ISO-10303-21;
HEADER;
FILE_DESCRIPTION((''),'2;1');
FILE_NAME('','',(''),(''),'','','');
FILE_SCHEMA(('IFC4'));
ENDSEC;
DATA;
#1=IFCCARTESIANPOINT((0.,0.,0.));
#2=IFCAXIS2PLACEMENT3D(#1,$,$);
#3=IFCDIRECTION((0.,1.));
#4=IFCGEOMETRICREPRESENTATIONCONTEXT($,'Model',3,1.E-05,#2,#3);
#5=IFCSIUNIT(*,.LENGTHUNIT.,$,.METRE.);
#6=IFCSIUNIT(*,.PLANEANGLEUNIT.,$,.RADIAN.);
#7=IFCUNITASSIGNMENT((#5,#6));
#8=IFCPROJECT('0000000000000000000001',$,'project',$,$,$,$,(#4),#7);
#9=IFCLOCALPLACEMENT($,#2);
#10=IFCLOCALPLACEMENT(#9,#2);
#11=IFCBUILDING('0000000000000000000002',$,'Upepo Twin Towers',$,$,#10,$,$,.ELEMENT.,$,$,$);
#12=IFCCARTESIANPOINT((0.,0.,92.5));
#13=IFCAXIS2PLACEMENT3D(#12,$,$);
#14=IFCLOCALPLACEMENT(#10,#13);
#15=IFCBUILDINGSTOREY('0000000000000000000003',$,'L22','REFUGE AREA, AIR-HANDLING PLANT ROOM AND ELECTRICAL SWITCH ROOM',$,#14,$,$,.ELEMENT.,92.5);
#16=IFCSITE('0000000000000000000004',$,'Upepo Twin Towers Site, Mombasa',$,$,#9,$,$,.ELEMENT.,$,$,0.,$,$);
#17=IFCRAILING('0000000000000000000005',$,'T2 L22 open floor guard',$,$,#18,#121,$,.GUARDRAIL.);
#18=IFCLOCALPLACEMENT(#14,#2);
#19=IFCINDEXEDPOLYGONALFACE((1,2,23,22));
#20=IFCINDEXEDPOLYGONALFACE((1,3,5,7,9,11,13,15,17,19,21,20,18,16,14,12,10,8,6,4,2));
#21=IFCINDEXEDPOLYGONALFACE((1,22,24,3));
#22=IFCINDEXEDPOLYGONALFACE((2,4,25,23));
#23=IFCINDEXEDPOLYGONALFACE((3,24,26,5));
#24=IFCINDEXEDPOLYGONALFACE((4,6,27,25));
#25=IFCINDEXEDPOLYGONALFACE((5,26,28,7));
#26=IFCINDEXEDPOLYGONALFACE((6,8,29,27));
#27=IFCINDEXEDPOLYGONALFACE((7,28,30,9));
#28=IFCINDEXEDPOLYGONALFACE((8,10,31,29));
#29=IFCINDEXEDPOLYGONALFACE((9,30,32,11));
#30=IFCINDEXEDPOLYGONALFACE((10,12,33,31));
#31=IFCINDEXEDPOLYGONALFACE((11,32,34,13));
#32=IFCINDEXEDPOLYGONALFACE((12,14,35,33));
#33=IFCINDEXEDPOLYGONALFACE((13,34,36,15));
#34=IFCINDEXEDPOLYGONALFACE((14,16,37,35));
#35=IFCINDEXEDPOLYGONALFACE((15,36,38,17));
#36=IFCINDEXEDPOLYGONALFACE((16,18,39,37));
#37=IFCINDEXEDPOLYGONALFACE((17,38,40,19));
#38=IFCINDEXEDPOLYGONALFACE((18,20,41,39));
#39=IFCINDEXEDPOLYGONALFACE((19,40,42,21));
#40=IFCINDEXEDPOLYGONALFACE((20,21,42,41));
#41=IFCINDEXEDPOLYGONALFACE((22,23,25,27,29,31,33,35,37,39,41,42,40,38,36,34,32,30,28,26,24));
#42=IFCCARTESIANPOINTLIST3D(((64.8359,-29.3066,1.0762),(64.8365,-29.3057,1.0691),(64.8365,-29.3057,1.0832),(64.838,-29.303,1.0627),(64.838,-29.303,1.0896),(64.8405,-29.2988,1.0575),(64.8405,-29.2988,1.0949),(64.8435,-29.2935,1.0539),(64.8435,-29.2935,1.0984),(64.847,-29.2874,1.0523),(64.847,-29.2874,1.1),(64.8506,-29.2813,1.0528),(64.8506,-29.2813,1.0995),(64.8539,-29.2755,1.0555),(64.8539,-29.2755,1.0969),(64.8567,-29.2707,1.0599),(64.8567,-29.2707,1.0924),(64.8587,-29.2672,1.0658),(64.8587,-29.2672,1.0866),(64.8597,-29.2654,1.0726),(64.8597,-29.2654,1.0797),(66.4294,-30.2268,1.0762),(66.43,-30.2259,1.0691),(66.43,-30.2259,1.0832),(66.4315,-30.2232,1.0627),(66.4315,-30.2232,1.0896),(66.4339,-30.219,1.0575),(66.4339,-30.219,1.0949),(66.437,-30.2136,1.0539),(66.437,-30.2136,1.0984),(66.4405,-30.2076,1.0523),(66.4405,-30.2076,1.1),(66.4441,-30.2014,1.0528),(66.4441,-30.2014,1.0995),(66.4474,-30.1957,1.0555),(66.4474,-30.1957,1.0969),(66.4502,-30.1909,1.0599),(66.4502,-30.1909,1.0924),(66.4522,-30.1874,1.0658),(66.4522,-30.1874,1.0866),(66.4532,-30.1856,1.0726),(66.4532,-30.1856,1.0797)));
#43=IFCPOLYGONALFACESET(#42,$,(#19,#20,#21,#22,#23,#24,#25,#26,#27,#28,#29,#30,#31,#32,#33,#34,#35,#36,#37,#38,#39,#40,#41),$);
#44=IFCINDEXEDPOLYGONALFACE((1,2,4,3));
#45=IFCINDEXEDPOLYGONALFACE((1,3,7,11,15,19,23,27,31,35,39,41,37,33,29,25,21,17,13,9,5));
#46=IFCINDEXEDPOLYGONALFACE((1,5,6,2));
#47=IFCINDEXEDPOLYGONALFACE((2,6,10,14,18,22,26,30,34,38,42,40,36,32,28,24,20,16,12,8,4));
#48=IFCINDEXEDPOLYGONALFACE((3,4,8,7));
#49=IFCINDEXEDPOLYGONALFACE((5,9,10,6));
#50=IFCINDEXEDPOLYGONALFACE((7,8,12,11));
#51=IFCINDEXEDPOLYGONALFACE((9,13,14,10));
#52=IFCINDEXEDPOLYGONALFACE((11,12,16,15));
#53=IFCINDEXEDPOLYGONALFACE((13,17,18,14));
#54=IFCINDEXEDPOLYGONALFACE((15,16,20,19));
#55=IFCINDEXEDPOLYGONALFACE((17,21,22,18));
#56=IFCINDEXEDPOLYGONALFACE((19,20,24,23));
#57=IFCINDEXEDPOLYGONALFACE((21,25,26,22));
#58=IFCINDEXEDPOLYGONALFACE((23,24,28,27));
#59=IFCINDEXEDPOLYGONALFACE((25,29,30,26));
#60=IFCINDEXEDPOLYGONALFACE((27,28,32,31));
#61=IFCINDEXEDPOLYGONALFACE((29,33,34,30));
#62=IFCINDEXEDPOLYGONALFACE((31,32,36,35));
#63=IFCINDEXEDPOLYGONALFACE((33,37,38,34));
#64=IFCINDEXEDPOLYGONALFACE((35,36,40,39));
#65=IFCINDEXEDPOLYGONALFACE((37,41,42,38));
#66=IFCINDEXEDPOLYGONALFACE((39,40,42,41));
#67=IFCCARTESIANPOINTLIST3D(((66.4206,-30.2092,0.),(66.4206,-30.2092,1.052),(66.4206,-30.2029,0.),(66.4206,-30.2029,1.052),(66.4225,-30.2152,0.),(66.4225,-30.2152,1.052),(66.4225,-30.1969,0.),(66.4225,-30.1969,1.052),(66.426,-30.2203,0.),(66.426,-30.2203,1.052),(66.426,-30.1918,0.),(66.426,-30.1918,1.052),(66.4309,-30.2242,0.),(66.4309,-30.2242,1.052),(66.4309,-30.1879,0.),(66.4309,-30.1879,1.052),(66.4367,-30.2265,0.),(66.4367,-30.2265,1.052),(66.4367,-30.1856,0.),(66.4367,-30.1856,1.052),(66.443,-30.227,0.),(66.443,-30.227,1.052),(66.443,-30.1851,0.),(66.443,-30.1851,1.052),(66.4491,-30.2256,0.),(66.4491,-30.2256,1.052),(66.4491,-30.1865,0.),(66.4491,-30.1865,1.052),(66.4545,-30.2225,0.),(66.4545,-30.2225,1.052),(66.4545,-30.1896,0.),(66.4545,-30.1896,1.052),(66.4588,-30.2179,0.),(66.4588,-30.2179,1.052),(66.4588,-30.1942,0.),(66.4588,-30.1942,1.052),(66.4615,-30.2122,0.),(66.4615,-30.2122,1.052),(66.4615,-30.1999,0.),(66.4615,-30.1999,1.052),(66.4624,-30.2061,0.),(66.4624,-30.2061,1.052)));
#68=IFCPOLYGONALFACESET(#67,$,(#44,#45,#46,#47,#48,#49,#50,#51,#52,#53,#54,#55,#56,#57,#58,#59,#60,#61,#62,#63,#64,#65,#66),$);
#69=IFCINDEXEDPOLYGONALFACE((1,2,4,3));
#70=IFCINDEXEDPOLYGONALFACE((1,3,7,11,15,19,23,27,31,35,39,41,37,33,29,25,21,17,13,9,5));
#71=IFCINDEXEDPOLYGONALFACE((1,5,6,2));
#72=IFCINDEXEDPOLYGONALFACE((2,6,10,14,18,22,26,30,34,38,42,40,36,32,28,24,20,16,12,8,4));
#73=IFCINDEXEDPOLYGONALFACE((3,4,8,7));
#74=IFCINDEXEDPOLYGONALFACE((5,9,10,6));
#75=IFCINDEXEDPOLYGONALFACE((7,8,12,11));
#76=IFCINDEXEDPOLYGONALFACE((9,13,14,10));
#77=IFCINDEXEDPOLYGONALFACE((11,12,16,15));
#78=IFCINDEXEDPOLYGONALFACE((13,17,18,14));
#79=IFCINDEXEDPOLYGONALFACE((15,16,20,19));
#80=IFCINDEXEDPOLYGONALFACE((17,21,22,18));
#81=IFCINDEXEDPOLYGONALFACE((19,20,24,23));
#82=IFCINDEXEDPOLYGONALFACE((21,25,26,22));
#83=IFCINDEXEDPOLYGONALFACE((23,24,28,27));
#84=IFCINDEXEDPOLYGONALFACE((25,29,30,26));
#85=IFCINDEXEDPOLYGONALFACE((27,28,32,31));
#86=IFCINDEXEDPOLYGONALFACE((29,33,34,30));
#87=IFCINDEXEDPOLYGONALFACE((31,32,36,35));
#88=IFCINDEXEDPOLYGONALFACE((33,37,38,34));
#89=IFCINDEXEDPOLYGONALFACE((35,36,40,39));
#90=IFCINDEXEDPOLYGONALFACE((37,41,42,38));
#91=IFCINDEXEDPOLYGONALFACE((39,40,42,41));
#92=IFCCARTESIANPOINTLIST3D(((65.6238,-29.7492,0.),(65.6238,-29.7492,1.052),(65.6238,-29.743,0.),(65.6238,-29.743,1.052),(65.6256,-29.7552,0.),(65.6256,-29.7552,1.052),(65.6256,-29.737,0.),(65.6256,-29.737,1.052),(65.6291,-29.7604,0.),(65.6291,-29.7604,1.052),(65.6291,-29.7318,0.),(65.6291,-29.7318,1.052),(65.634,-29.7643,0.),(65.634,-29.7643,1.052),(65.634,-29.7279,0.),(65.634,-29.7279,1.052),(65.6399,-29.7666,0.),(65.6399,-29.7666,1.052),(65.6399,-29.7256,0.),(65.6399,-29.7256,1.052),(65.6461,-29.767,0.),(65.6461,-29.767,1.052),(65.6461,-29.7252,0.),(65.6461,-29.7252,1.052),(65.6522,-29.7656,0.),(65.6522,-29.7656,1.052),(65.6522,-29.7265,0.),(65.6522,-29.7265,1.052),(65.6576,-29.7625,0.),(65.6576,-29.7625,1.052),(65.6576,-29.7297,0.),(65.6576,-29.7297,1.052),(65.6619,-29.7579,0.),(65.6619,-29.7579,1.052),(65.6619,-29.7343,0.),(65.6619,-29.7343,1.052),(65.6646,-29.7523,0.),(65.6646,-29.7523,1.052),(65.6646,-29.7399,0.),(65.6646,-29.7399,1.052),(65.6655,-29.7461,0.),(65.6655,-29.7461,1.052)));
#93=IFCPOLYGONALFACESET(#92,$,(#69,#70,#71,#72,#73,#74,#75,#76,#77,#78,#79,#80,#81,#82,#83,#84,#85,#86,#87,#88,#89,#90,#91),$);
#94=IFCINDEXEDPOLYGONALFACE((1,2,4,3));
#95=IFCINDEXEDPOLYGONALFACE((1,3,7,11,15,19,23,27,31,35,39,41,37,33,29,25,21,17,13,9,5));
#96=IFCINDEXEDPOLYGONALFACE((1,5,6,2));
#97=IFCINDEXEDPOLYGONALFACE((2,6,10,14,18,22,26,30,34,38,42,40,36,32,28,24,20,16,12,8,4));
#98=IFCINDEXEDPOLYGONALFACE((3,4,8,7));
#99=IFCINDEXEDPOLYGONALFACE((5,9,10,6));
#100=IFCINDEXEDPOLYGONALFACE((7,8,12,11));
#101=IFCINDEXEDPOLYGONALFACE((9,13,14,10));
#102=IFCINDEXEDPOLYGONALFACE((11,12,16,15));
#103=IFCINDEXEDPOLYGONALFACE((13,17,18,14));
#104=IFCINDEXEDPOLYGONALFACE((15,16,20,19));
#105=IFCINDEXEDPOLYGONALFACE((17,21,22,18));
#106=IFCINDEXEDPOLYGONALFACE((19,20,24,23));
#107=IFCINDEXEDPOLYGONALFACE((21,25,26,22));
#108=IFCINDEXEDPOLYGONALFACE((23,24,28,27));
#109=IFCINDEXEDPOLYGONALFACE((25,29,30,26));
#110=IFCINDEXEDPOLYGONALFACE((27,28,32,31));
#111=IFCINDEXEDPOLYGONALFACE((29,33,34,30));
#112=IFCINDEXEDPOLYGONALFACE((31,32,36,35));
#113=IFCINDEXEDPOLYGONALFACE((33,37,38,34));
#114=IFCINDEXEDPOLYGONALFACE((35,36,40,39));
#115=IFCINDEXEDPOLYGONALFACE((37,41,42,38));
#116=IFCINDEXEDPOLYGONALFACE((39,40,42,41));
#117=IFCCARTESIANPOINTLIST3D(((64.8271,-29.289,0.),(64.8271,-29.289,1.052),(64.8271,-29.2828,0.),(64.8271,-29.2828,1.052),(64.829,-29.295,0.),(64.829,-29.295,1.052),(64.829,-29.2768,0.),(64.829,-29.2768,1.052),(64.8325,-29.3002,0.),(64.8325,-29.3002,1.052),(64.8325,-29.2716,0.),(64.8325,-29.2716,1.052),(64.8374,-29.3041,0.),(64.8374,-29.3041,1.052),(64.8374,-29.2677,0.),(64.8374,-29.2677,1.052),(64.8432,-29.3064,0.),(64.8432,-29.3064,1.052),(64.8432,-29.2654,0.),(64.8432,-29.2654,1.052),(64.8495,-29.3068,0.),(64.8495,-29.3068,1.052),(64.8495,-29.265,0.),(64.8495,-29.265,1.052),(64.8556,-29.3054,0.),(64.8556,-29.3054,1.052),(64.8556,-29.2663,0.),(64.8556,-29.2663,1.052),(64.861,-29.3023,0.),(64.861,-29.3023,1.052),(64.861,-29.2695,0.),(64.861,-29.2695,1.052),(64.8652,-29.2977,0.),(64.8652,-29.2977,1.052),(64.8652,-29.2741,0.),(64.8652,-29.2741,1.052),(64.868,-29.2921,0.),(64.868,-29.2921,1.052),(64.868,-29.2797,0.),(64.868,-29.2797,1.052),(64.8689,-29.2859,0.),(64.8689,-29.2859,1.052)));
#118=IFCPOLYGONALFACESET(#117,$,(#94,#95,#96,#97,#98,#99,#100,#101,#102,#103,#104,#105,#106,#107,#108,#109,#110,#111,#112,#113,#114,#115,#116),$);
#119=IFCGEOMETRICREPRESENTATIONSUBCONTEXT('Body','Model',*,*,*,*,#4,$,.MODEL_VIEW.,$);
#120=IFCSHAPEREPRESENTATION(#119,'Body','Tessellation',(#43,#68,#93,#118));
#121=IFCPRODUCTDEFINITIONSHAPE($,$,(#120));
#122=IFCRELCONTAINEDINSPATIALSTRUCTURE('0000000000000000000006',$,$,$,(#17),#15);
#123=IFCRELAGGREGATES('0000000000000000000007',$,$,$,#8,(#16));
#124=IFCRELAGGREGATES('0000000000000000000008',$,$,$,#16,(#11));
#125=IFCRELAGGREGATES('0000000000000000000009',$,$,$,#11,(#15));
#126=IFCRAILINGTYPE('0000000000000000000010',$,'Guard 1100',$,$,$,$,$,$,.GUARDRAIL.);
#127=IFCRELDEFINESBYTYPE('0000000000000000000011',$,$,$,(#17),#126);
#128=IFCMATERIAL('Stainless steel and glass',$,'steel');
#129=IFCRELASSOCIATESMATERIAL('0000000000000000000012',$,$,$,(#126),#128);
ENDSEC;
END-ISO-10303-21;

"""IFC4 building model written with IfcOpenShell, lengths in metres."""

from ifc_helpers import new_model, si_unit, direction, frame, origin, origin_2d, place, context, subcontext, project, spatial, circle, extrude, material, type_object, element, save


model = new_model("IFC4")

# Units and contexts
model_context = context("Model", 3, precision=1e-05, world=origin(), true_north=direction((0.0, 1.0)))
body_context = subcontext(model_context, "Body", "Model", "MODEL_VIEW")
ifc_project = project(units=[si_unit("LENGTHUNIT", "METRE"), si_unit("PLANEANGLEUNIT", "RADIAN")], contexts=[model_context])

# Site, building, storey
site_placement = place(None, origin())
site = spatial("IfcSite", under=ifc_project, at=site_placement, Name="Upepo Twin Towers Site, Mombasa", CompositionType="ELEMENT", RefElevation=0.0)
building_placement = place(site_placement, origin())
building = spatial("IfcBuilding", under=site, at=building_placement, Name="Upepo Twin Towers", CompositionType="ELEMENT")
storey_placement = place(building_placement, frame((0.0, 0.0, 92.5)))
storey = spatial("IfcBuildingStorey", under=building, at=storey_placement, Name="L22", Description="REFUGE AREA, AIR-HANDLING PLANT ROOM AND ELECTRICAL SWITCH ROOM", CompositionType="ELEMENT", Elevation=92.5)

# Railing
ifc_material_1 = material(Name="Stainless steel and glass", Category="steel")
railing_type = type_object("IfcRailingType", Name="Guard 1100", PredefinedType="GUARDRAIL", material=ifc_material_1)
railing_1_placement = place(storey_placement, frame((66.4414, -30.2061, 0.0)))
element("IfcRailing", 1, at=railing_1_placement, inside=storey, type_object=railing_type, Name="T2 L22 open floor guard", PredefinedType="GUARDRAIL", context=body_context, shape_type="SweptSolid", body=[
    extrude(circle(Radius=0.0239, at=origin_2d()), frame((0.0, 0.0, 1.0762), z_axis=(-0.865989, 0.500063, 0.0), x_axis=(-0.500063, -0.865989, 0.0)), (0.0, 0.0, 1.0), 1.8401),
    extrude(circle(Radius=0.021, at=origin_2d()), origin(), (0.0, 0.0, 1.0), 1.052),
    extrude(circle(Radius=0.021, at=origin_2d()), frame((-0.7969, 0.46, 0.0)), (0.0, 0.0, 1.0), 1.052),
    extrude(circle(Radius=0.021, at=origin_2d()), frame((-1.5935, 0.9202, 0.0)), (0.0, 0.0, 1.0), 1.052),
])

save(model, "model.ifc")
